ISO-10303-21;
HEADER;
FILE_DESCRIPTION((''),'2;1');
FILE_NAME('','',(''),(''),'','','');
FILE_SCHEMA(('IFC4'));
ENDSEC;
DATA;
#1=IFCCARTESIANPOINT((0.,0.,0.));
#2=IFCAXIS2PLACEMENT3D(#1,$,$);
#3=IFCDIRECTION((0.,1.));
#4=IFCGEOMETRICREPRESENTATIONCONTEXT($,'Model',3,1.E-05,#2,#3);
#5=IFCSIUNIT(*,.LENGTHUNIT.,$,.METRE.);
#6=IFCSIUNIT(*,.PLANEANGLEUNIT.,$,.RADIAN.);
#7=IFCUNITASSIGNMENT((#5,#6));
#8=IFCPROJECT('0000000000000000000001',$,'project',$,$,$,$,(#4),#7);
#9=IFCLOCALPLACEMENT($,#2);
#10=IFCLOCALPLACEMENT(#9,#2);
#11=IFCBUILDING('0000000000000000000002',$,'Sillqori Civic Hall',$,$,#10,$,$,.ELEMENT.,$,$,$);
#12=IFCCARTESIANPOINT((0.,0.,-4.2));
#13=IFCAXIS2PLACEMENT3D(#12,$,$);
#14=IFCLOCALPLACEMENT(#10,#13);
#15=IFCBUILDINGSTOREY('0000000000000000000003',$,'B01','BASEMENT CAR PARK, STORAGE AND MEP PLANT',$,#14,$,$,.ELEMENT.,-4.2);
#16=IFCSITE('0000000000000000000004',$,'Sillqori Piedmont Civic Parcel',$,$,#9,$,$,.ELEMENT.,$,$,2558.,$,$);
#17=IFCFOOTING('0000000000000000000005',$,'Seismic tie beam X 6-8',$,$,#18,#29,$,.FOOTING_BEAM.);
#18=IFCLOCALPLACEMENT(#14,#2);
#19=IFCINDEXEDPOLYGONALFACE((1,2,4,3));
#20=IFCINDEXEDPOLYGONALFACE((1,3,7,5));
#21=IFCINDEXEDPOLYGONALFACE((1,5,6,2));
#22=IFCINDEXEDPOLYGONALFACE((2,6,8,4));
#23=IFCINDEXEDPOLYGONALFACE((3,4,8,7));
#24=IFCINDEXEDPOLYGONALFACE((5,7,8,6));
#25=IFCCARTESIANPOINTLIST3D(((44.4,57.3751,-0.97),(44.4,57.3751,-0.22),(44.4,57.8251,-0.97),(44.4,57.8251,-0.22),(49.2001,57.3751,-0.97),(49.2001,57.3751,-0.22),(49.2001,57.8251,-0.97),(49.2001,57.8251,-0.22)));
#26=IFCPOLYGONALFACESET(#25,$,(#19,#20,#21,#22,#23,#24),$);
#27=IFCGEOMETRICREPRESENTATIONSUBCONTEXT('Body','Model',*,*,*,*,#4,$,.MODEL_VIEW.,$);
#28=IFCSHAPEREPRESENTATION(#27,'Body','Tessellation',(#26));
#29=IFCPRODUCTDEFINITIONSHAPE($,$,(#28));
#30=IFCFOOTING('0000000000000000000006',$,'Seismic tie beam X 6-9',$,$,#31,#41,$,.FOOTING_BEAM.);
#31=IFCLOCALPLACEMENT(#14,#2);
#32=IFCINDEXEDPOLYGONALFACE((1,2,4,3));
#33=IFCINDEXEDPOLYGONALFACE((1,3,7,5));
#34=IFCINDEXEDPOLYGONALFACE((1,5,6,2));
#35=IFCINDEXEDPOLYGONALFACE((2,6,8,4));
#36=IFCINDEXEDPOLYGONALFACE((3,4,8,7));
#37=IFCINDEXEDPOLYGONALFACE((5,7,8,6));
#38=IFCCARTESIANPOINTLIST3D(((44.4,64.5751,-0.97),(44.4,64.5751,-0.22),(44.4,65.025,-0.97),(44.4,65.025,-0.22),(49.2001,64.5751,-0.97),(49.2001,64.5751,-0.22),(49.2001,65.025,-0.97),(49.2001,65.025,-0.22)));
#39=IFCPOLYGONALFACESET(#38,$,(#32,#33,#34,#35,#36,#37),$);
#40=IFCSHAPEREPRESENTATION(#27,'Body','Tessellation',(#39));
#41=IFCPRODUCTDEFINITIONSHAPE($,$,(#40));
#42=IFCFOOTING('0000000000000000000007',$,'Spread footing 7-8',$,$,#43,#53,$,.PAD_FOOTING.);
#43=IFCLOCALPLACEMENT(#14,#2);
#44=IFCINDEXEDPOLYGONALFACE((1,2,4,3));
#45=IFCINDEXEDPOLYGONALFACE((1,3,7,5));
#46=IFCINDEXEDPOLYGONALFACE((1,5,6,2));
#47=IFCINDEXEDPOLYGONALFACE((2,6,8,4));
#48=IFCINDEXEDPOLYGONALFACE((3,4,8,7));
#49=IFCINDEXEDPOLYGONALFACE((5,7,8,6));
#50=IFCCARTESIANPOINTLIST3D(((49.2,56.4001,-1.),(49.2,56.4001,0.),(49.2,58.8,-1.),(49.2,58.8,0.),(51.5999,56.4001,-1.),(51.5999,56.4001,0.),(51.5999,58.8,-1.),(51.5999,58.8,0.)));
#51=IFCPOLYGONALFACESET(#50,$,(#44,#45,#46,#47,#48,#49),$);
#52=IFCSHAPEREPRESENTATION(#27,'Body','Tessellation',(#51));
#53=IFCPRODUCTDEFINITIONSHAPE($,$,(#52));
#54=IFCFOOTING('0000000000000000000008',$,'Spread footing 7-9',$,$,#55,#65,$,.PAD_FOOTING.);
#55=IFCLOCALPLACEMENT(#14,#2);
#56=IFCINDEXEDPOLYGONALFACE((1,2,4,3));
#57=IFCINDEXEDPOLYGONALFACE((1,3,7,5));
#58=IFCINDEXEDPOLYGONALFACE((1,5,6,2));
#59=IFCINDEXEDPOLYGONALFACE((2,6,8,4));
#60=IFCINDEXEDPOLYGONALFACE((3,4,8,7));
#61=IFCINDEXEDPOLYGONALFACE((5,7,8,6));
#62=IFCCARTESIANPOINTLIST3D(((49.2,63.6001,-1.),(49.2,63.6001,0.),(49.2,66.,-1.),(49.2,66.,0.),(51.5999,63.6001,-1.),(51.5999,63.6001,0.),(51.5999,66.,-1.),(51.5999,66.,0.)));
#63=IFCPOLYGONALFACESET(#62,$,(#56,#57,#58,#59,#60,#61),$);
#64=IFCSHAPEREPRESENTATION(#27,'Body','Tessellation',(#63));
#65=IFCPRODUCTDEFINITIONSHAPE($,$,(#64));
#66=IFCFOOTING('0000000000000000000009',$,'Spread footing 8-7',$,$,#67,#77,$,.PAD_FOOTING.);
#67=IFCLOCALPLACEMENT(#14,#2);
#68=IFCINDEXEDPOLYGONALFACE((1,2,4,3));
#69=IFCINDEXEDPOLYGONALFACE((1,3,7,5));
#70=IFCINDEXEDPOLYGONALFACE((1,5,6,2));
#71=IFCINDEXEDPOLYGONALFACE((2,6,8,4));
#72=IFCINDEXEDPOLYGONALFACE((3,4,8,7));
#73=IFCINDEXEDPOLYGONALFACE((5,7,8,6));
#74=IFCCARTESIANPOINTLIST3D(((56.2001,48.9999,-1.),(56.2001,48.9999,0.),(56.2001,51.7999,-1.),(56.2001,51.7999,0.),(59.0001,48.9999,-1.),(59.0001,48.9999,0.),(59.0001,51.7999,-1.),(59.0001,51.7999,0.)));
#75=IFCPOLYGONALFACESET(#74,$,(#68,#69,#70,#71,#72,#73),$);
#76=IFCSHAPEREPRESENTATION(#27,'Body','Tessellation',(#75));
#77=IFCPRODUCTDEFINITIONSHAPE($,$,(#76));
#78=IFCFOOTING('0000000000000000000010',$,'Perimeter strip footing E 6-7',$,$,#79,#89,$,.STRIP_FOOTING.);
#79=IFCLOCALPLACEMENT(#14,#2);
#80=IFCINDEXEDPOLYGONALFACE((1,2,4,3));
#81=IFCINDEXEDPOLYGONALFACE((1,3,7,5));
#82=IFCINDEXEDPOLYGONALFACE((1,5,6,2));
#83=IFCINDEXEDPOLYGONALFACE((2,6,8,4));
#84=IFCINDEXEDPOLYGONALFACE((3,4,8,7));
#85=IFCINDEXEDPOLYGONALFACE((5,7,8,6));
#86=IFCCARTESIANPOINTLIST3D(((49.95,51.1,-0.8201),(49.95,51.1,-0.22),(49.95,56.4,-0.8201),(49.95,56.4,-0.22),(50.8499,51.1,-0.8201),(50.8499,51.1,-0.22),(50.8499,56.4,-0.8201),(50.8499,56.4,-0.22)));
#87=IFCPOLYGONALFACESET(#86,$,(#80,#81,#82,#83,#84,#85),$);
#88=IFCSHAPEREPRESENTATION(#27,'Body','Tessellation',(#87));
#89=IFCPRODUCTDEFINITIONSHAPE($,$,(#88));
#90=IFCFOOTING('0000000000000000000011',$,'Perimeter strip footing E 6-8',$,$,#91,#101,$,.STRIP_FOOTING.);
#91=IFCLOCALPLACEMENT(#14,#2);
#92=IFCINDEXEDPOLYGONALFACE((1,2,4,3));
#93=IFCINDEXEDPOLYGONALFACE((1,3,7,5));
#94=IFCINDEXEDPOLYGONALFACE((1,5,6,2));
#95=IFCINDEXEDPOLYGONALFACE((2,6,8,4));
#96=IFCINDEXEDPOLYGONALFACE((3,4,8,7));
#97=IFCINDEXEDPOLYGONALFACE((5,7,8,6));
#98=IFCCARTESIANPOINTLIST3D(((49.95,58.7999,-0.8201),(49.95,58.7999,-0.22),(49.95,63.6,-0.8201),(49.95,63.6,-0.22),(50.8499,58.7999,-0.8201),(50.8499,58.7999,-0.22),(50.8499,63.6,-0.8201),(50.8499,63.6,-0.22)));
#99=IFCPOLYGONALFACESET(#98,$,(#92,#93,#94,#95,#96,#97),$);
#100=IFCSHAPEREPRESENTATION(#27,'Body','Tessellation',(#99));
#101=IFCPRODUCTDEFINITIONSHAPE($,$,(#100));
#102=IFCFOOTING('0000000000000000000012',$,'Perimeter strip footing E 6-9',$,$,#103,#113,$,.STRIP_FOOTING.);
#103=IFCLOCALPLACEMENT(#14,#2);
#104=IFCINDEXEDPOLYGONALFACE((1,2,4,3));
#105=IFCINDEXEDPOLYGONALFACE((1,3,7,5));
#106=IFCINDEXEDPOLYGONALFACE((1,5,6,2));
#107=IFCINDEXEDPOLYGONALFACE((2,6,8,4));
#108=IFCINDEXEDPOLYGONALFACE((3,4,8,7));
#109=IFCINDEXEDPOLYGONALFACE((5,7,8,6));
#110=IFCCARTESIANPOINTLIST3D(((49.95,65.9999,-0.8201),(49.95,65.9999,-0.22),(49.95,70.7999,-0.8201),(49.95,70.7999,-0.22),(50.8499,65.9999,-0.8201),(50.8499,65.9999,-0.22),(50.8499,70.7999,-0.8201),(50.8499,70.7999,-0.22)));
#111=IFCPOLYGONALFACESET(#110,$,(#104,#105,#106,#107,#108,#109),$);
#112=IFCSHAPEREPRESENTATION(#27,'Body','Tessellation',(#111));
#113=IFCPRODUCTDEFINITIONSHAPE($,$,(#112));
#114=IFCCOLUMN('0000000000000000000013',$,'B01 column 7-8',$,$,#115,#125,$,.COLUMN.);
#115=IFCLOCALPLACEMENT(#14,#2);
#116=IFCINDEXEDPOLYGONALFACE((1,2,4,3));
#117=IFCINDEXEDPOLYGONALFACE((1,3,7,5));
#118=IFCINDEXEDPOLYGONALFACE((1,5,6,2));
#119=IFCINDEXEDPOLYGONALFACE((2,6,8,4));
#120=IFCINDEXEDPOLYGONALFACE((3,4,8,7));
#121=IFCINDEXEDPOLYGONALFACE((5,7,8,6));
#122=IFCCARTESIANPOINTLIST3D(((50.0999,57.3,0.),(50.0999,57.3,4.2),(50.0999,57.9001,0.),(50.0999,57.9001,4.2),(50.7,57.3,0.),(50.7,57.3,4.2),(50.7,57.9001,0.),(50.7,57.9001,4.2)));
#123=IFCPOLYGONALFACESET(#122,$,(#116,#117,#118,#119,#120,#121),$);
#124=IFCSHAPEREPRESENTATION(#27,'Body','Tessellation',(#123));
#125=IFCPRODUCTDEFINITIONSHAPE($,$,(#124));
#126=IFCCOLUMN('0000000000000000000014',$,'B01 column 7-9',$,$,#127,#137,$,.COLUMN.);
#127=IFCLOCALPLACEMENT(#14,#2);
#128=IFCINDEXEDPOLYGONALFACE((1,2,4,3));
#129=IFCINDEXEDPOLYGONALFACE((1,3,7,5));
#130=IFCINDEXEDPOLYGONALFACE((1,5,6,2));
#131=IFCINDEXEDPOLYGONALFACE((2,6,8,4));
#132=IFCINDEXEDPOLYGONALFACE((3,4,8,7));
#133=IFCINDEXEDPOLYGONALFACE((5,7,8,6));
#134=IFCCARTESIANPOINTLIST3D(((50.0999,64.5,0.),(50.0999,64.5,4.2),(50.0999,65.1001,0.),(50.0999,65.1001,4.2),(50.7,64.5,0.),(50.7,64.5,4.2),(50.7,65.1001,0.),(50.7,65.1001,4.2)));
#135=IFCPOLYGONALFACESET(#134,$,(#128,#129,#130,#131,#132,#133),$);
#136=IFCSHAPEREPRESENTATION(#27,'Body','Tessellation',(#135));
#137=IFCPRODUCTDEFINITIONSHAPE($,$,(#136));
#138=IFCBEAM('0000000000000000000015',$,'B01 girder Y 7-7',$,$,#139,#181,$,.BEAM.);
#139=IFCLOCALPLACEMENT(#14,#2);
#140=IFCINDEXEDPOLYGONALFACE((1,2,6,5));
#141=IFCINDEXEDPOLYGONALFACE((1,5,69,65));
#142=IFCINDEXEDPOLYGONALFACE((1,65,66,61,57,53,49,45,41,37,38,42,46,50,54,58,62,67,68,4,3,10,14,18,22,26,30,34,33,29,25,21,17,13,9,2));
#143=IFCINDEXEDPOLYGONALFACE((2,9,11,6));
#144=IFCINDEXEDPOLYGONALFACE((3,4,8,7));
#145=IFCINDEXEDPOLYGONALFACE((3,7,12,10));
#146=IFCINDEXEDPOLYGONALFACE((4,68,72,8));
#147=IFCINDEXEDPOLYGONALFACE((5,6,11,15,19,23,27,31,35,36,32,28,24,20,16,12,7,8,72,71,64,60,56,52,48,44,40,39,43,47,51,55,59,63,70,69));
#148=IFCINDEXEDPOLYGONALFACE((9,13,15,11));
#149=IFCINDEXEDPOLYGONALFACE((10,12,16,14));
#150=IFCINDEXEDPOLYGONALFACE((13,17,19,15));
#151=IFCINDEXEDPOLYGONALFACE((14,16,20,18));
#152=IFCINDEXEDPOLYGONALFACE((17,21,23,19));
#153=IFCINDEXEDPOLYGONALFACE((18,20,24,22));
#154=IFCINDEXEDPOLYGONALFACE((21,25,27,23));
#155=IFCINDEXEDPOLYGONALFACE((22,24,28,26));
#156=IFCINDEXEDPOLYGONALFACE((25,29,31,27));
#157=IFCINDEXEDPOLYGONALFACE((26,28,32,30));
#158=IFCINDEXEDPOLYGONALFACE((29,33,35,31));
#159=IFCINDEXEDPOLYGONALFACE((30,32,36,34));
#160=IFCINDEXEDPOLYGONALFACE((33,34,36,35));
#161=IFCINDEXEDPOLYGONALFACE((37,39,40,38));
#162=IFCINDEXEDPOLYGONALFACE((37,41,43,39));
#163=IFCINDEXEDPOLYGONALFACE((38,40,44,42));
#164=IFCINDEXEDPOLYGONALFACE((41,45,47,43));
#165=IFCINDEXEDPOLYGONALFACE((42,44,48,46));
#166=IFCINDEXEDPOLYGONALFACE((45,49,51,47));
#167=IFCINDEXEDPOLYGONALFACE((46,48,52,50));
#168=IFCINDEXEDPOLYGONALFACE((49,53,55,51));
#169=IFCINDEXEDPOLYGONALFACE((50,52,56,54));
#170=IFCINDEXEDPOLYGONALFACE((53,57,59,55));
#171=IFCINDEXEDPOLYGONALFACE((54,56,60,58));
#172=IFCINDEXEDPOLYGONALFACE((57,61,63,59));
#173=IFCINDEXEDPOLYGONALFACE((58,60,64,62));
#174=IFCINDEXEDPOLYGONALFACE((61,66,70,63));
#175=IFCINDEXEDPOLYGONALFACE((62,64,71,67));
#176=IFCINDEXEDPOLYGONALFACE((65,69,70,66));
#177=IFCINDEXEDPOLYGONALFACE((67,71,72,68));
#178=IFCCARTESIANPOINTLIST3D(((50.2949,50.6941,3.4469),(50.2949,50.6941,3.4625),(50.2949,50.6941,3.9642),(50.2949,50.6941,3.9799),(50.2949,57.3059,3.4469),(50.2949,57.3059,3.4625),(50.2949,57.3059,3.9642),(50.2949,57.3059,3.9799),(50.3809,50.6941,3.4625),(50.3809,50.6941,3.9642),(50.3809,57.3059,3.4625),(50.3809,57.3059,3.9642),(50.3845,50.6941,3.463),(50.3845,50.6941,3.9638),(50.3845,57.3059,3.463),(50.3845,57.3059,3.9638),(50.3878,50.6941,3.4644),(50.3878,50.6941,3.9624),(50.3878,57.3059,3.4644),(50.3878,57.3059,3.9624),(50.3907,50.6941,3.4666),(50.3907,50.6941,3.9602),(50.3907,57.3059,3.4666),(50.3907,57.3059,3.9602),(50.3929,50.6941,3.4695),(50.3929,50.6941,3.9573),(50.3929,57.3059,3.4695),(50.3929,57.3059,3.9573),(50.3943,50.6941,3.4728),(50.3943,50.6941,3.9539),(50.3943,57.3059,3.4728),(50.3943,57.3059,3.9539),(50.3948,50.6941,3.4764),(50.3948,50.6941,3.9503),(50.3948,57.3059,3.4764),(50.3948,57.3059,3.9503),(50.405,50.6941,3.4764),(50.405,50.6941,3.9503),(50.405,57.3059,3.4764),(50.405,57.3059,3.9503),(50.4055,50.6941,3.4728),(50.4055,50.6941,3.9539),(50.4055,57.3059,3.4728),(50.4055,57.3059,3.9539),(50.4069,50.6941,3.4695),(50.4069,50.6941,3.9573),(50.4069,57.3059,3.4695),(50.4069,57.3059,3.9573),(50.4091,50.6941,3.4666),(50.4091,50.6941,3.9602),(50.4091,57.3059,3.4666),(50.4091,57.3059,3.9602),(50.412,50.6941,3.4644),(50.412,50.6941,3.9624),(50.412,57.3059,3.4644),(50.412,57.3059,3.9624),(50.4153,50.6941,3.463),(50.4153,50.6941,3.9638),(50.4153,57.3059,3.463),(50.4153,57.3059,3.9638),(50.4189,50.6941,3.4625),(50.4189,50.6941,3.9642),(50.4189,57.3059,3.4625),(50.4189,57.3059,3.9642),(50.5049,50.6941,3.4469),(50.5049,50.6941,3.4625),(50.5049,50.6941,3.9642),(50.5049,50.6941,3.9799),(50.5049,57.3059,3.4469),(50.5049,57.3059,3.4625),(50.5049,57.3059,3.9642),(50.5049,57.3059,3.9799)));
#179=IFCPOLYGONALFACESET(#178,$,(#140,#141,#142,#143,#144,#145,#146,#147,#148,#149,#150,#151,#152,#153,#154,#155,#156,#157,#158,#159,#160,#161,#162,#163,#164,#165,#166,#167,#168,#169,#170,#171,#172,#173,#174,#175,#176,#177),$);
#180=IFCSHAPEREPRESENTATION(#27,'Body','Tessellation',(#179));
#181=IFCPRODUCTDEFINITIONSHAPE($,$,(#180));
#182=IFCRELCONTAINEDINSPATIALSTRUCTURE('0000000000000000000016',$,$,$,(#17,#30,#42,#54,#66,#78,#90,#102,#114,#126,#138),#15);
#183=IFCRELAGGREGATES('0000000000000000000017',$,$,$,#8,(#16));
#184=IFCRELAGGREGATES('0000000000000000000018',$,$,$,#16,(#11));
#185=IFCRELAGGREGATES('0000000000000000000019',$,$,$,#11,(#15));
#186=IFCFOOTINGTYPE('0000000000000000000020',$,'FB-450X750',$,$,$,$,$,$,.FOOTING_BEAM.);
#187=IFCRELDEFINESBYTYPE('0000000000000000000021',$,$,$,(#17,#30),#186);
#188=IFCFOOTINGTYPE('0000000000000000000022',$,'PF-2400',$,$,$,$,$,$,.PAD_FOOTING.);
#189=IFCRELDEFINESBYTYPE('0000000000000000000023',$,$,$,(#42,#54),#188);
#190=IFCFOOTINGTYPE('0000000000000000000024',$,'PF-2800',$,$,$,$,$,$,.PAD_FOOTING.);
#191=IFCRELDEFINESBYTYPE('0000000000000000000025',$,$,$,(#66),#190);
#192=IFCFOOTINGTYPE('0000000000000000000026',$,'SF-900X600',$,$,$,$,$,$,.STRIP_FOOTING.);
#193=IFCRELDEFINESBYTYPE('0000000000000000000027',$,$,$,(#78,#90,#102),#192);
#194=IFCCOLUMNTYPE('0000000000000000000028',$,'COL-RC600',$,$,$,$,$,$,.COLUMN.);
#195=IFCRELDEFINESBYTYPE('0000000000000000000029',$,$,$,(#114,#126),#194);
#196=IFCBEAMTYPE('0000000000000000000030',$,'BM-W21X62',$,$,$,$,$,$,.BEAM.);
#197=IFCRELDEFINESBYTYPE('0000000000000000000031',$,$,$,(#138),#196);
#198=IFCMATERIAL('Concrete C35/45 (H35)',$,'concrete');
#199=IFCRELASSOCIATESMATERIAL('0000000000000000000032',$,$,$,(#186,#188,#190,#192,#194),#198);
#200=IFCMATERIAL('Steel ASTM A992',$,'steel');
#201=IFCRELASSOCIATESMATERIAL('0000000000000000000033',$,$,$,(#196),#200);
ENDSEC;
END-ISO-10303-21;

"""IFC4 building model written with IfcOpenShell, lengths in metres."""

from ifc_helpers import new_model, si_unit, direction, frame, origin, origin_2d, place, context, subcontext, project, spatial, rectangle, i_section, extrude, material, material_profile, profile_set, type_object, element, save


model = new_model("IFC4")

# Units and contexts
model_context = context("Model", 3, precision=1e-05, world=origin(), true_north=direction((0.0, 1.0)))
body_context = subcontext(model_context, "Body", "Model", "MODEL_VIEW")
ifc_project = project(units=[si_unit("LENGTHUNIT", "METRE"), si_unit("PLANEANGLEUNIT", "RADIAN")], contexts=[model_context])

# Site, building, storey
site_placement = place(None, origin())
site = spatial("IfcSite", under=ifc_project, at=site_placement, Name="Sillqori Piedmont Civic Parcel", CompositionType="ELEMENT", RefElevation=2558.0)
building_placement = place(site_placement, origin())
building = spatial("IfcBuilding", under=site, at=building_placement, Name="Sillqori Civic Hall", CompositionType="ELEMENT")
storey_placement = place(building_placement, frame((0.0, 0.0, -4.2)))
storey = spatial("IfcBuildingStorey", under=building, at=storey_placement, Name="B01", Description="BASEMENT CAR PARK, STORAGE AND MEP PLANT", CompositionType="ELEMENT", Elevation=-4.2)

# Footings
ifc_material_1 = material(Name="Concrete C35/45 (H35)", Category="concrete")
footing_type_1 = type_object("IfcFootingType", Name="FB-450X750", PredefinedType="FOOTING_BEAM", material=ifc_material_1)
for number, where, z_axis, x_axis, name in (
    (1, (46.8, 57.6001, -0.97), (0.0, 0.0, 1.0), (1.0, 0.0, 0.0), "Seismic tie beam X 6-8"),
    (2, (46.8, 64.8, -0.97), (0.0, 0.0, 1.0), (1.0, 0.0, 0.0), "Seismic tie beam X 6-9"),
):
    element("IfcFooting", number, at=place(storey_placement, frame(where, z_axis=z_axis, x_axis=x_axis)), inside=storey, type_object=footing_type_1, Name=name, PredefinedType="FOOTING_BEAM", context=body_context, shape_type="SweptSolid", body=[
        extrude(rectangle(XDim=4.8, YDim=0.45, at=origin_2d()), origin(), (0.0, 0.0, 1.0), 0.75),
    ])
footing_type_2 = type_object("IfcFootingType", Name="PF-2400", PredefinedType="PAD_FOOTING", material=ifc_material_1)
for number, where, z_axis, x_axis, name in (
    (3, (50.3999, 57.6001, -1.0), (0.0, 0.0, 1.0), (1.0, 0.0, 0.0), "Spread footing 7-8"),
    (4, (50.3999, 64.8, -1.0), (0.0, 0.0, 1.0), (1.0, 0.0, 0.0), "Spread footing 7-9"),
):
    element("IfcFooting", number, at=place(storey_placement, frame(where, z_axis=z_axis, x_axis=x_axis)), inside=storey, type_object=footing_type_2, Name=name, PredefinedType="PAD_FOOTING", context=body_context, shape_type="SweptSolid", body=[
        extrude(rectangle(XDim=2.3999, YDim=2.3999, at=origin_2d()), origin(), (0.0, 0.0, 1.0), 1.0),
    ])
footing_type_3 = type_object("IfcFootingType", Name="PF-2800", PredefinedType="PAD_FOOTING", material=ifc_material_1)
footing_1_placement = place(storey_placement, frame((57.6001, 50.3999, -1.0), z_axis=(0.0, 0.0, 1.0), x_axis=(1.0, 0.0, 0.0)))
element("IfcFooting", 5, at=footing_1_placement, inside=storey, type_object=footing_type_3, Name="Spread footing 8-7", PredefinedType="PAD_FOOTING", context=body_context, shape_type="SweptSolid", body=[
    extrude(rectangle(XDim=2.8, YDim=2.8, at=origin_2d()), origin(), (0.0, 0.0, 1.0), 1.0),
])
footing_type_4 = type_object("IfcFootingType", Name="SF-900X600", PredefinedType="STRIP_FOOTING", material=ifc_material_1)
footing_2_placement = place(storey_placement, frame((50.3999, 53.75, -0.8201), z_axis=(0.0, 0.0, 1.0), x_axis=(1.0, 0.0, 0.0)))
element("IfcFooting", 6, at=footing_2_placement, inside=storey, type_object=footing_type_4, Name="Perimeter strip footing E 6-7", PredefinedType="STRIP_FOOTING", context=body_context, shape_type="SweptSolid", body=[
    extrude(rectangle(XDim=0.8999, YDim=5.3, at=origin_2d()), origin(), (0.0, 0.0, 1.0), 0.6001),
])
for number, where, z_axis, x_axis, name in (
    (7, (50.3999, 61.2, -0.8201), (0.0, 0.0, 1.0), (1.0, 0.0, 0.0), "Perimeter strip footing E 6-8"),
    (8, (50.3999, 68.3999, -0.8201), (0.0, 0.0, 1.0), (1.0, 0.0, 0.0), "Perimeter strip footing E 6-9"),
):
    element("IfcFooting", number, at=place(storey_placement, frame(where, z_axis=z_axis, x_axis=x_axis)), inside=storey, type_object=footing_type_4, Name=name, PredefinedType="STRIP_FOOTING", context=body_context, shape_type="SweptSolid", body=[
        extrude(rectangle(XDim=0.8999, YDim=4.8, at=origin_2d()), origin(), (0.0, 0.0, 1.0), 0.6001),
    ])

# Columns
ifc_material_profile_1 = material_profile(ifc_material_1, rectangle(XDim=0.6001, YDim=0.6001, at=origin_2d()), Name="RC 600x600")
ifc_profile_set_1 = profile_set([ifc_material_profile_1], Name="Concrete C35/45 (H35)")
column_type = type_object("IfcColumnType", Name="COL-RC600", PredefinedType="COLUMN", material=ifc_profile_set_1)
for number, where, z_axis, x_axis, name in (
    (9, (50.3999, 57.6001, 0.0), (0.0, 0.0, 1.0), (1.0, 0.0, 0.0), "B01 column 7-8"),
    (10, (50.3999, 64.8, 0.0), (0.0, 0.0, 1.0), (1.0, 0.0, 0.0), "B01 column 7-9"),
):
    element("IfcColumn", number, at=place(storey_placement, frame(where, z_axis=z_axis, x_axis=x_axis)), inside=storey, type_object=column_type, Name=name, PredefinedType="COLUMN", context=body_context, shape_type="SweptSolid", body=[
        extrude(rectangle(XDim=0.6001, YDim=0.6001, at=origin_2d()), origin(), (0.0, 0.0, 1.0), 4.2),
    ])

# Beam
ifc_material_2 = material(Name="Steel ASTM A992", Category="steel")
ifc_material_profile_2 = material_profile(ifc_material_2, i_section(OverallWidth=0.21, OverallDepth=0.533, WebThickness=0.0103, FlangeThickness=0.0156, FilletRadius=0.0139, at=origin_2d()), Name="W21X62")
ifc_profile_set_2 = profile_set([ifc_material_profile_2], Name="Steel ASTM A992")
beam_type_1 = type_object("IfcBeamType", Name="BM-W21X62", PredefinedType="BEAM", material=ifc_profile_set_2)
beam_1_placement = place(storey_placement, frame((50.3999, 50.6941, 3.7134), z_axis=(0.0, 1.0, 0.0), x_axis=(-1.0, 0.0, 0.0)))
element("IfcBeam", 11, at=beam_1_placement, inside=storey, type_object=beam_type_1, Name="B01 girder Y 7-7", PredefinedType="BEAM", context=body_context, shape_type="SweptSolid", body=[
    extrude(i_section(OverallWidth=0.21, OverallDepth=0.533, WebThickness=0.0103, FlangeThickness=0.0156, FilletRadius=0.0139, at=origin_2d()), origin(), (0.0, 0.0, 1.0), 6.6118),
])

save(model, "model.ifc")
